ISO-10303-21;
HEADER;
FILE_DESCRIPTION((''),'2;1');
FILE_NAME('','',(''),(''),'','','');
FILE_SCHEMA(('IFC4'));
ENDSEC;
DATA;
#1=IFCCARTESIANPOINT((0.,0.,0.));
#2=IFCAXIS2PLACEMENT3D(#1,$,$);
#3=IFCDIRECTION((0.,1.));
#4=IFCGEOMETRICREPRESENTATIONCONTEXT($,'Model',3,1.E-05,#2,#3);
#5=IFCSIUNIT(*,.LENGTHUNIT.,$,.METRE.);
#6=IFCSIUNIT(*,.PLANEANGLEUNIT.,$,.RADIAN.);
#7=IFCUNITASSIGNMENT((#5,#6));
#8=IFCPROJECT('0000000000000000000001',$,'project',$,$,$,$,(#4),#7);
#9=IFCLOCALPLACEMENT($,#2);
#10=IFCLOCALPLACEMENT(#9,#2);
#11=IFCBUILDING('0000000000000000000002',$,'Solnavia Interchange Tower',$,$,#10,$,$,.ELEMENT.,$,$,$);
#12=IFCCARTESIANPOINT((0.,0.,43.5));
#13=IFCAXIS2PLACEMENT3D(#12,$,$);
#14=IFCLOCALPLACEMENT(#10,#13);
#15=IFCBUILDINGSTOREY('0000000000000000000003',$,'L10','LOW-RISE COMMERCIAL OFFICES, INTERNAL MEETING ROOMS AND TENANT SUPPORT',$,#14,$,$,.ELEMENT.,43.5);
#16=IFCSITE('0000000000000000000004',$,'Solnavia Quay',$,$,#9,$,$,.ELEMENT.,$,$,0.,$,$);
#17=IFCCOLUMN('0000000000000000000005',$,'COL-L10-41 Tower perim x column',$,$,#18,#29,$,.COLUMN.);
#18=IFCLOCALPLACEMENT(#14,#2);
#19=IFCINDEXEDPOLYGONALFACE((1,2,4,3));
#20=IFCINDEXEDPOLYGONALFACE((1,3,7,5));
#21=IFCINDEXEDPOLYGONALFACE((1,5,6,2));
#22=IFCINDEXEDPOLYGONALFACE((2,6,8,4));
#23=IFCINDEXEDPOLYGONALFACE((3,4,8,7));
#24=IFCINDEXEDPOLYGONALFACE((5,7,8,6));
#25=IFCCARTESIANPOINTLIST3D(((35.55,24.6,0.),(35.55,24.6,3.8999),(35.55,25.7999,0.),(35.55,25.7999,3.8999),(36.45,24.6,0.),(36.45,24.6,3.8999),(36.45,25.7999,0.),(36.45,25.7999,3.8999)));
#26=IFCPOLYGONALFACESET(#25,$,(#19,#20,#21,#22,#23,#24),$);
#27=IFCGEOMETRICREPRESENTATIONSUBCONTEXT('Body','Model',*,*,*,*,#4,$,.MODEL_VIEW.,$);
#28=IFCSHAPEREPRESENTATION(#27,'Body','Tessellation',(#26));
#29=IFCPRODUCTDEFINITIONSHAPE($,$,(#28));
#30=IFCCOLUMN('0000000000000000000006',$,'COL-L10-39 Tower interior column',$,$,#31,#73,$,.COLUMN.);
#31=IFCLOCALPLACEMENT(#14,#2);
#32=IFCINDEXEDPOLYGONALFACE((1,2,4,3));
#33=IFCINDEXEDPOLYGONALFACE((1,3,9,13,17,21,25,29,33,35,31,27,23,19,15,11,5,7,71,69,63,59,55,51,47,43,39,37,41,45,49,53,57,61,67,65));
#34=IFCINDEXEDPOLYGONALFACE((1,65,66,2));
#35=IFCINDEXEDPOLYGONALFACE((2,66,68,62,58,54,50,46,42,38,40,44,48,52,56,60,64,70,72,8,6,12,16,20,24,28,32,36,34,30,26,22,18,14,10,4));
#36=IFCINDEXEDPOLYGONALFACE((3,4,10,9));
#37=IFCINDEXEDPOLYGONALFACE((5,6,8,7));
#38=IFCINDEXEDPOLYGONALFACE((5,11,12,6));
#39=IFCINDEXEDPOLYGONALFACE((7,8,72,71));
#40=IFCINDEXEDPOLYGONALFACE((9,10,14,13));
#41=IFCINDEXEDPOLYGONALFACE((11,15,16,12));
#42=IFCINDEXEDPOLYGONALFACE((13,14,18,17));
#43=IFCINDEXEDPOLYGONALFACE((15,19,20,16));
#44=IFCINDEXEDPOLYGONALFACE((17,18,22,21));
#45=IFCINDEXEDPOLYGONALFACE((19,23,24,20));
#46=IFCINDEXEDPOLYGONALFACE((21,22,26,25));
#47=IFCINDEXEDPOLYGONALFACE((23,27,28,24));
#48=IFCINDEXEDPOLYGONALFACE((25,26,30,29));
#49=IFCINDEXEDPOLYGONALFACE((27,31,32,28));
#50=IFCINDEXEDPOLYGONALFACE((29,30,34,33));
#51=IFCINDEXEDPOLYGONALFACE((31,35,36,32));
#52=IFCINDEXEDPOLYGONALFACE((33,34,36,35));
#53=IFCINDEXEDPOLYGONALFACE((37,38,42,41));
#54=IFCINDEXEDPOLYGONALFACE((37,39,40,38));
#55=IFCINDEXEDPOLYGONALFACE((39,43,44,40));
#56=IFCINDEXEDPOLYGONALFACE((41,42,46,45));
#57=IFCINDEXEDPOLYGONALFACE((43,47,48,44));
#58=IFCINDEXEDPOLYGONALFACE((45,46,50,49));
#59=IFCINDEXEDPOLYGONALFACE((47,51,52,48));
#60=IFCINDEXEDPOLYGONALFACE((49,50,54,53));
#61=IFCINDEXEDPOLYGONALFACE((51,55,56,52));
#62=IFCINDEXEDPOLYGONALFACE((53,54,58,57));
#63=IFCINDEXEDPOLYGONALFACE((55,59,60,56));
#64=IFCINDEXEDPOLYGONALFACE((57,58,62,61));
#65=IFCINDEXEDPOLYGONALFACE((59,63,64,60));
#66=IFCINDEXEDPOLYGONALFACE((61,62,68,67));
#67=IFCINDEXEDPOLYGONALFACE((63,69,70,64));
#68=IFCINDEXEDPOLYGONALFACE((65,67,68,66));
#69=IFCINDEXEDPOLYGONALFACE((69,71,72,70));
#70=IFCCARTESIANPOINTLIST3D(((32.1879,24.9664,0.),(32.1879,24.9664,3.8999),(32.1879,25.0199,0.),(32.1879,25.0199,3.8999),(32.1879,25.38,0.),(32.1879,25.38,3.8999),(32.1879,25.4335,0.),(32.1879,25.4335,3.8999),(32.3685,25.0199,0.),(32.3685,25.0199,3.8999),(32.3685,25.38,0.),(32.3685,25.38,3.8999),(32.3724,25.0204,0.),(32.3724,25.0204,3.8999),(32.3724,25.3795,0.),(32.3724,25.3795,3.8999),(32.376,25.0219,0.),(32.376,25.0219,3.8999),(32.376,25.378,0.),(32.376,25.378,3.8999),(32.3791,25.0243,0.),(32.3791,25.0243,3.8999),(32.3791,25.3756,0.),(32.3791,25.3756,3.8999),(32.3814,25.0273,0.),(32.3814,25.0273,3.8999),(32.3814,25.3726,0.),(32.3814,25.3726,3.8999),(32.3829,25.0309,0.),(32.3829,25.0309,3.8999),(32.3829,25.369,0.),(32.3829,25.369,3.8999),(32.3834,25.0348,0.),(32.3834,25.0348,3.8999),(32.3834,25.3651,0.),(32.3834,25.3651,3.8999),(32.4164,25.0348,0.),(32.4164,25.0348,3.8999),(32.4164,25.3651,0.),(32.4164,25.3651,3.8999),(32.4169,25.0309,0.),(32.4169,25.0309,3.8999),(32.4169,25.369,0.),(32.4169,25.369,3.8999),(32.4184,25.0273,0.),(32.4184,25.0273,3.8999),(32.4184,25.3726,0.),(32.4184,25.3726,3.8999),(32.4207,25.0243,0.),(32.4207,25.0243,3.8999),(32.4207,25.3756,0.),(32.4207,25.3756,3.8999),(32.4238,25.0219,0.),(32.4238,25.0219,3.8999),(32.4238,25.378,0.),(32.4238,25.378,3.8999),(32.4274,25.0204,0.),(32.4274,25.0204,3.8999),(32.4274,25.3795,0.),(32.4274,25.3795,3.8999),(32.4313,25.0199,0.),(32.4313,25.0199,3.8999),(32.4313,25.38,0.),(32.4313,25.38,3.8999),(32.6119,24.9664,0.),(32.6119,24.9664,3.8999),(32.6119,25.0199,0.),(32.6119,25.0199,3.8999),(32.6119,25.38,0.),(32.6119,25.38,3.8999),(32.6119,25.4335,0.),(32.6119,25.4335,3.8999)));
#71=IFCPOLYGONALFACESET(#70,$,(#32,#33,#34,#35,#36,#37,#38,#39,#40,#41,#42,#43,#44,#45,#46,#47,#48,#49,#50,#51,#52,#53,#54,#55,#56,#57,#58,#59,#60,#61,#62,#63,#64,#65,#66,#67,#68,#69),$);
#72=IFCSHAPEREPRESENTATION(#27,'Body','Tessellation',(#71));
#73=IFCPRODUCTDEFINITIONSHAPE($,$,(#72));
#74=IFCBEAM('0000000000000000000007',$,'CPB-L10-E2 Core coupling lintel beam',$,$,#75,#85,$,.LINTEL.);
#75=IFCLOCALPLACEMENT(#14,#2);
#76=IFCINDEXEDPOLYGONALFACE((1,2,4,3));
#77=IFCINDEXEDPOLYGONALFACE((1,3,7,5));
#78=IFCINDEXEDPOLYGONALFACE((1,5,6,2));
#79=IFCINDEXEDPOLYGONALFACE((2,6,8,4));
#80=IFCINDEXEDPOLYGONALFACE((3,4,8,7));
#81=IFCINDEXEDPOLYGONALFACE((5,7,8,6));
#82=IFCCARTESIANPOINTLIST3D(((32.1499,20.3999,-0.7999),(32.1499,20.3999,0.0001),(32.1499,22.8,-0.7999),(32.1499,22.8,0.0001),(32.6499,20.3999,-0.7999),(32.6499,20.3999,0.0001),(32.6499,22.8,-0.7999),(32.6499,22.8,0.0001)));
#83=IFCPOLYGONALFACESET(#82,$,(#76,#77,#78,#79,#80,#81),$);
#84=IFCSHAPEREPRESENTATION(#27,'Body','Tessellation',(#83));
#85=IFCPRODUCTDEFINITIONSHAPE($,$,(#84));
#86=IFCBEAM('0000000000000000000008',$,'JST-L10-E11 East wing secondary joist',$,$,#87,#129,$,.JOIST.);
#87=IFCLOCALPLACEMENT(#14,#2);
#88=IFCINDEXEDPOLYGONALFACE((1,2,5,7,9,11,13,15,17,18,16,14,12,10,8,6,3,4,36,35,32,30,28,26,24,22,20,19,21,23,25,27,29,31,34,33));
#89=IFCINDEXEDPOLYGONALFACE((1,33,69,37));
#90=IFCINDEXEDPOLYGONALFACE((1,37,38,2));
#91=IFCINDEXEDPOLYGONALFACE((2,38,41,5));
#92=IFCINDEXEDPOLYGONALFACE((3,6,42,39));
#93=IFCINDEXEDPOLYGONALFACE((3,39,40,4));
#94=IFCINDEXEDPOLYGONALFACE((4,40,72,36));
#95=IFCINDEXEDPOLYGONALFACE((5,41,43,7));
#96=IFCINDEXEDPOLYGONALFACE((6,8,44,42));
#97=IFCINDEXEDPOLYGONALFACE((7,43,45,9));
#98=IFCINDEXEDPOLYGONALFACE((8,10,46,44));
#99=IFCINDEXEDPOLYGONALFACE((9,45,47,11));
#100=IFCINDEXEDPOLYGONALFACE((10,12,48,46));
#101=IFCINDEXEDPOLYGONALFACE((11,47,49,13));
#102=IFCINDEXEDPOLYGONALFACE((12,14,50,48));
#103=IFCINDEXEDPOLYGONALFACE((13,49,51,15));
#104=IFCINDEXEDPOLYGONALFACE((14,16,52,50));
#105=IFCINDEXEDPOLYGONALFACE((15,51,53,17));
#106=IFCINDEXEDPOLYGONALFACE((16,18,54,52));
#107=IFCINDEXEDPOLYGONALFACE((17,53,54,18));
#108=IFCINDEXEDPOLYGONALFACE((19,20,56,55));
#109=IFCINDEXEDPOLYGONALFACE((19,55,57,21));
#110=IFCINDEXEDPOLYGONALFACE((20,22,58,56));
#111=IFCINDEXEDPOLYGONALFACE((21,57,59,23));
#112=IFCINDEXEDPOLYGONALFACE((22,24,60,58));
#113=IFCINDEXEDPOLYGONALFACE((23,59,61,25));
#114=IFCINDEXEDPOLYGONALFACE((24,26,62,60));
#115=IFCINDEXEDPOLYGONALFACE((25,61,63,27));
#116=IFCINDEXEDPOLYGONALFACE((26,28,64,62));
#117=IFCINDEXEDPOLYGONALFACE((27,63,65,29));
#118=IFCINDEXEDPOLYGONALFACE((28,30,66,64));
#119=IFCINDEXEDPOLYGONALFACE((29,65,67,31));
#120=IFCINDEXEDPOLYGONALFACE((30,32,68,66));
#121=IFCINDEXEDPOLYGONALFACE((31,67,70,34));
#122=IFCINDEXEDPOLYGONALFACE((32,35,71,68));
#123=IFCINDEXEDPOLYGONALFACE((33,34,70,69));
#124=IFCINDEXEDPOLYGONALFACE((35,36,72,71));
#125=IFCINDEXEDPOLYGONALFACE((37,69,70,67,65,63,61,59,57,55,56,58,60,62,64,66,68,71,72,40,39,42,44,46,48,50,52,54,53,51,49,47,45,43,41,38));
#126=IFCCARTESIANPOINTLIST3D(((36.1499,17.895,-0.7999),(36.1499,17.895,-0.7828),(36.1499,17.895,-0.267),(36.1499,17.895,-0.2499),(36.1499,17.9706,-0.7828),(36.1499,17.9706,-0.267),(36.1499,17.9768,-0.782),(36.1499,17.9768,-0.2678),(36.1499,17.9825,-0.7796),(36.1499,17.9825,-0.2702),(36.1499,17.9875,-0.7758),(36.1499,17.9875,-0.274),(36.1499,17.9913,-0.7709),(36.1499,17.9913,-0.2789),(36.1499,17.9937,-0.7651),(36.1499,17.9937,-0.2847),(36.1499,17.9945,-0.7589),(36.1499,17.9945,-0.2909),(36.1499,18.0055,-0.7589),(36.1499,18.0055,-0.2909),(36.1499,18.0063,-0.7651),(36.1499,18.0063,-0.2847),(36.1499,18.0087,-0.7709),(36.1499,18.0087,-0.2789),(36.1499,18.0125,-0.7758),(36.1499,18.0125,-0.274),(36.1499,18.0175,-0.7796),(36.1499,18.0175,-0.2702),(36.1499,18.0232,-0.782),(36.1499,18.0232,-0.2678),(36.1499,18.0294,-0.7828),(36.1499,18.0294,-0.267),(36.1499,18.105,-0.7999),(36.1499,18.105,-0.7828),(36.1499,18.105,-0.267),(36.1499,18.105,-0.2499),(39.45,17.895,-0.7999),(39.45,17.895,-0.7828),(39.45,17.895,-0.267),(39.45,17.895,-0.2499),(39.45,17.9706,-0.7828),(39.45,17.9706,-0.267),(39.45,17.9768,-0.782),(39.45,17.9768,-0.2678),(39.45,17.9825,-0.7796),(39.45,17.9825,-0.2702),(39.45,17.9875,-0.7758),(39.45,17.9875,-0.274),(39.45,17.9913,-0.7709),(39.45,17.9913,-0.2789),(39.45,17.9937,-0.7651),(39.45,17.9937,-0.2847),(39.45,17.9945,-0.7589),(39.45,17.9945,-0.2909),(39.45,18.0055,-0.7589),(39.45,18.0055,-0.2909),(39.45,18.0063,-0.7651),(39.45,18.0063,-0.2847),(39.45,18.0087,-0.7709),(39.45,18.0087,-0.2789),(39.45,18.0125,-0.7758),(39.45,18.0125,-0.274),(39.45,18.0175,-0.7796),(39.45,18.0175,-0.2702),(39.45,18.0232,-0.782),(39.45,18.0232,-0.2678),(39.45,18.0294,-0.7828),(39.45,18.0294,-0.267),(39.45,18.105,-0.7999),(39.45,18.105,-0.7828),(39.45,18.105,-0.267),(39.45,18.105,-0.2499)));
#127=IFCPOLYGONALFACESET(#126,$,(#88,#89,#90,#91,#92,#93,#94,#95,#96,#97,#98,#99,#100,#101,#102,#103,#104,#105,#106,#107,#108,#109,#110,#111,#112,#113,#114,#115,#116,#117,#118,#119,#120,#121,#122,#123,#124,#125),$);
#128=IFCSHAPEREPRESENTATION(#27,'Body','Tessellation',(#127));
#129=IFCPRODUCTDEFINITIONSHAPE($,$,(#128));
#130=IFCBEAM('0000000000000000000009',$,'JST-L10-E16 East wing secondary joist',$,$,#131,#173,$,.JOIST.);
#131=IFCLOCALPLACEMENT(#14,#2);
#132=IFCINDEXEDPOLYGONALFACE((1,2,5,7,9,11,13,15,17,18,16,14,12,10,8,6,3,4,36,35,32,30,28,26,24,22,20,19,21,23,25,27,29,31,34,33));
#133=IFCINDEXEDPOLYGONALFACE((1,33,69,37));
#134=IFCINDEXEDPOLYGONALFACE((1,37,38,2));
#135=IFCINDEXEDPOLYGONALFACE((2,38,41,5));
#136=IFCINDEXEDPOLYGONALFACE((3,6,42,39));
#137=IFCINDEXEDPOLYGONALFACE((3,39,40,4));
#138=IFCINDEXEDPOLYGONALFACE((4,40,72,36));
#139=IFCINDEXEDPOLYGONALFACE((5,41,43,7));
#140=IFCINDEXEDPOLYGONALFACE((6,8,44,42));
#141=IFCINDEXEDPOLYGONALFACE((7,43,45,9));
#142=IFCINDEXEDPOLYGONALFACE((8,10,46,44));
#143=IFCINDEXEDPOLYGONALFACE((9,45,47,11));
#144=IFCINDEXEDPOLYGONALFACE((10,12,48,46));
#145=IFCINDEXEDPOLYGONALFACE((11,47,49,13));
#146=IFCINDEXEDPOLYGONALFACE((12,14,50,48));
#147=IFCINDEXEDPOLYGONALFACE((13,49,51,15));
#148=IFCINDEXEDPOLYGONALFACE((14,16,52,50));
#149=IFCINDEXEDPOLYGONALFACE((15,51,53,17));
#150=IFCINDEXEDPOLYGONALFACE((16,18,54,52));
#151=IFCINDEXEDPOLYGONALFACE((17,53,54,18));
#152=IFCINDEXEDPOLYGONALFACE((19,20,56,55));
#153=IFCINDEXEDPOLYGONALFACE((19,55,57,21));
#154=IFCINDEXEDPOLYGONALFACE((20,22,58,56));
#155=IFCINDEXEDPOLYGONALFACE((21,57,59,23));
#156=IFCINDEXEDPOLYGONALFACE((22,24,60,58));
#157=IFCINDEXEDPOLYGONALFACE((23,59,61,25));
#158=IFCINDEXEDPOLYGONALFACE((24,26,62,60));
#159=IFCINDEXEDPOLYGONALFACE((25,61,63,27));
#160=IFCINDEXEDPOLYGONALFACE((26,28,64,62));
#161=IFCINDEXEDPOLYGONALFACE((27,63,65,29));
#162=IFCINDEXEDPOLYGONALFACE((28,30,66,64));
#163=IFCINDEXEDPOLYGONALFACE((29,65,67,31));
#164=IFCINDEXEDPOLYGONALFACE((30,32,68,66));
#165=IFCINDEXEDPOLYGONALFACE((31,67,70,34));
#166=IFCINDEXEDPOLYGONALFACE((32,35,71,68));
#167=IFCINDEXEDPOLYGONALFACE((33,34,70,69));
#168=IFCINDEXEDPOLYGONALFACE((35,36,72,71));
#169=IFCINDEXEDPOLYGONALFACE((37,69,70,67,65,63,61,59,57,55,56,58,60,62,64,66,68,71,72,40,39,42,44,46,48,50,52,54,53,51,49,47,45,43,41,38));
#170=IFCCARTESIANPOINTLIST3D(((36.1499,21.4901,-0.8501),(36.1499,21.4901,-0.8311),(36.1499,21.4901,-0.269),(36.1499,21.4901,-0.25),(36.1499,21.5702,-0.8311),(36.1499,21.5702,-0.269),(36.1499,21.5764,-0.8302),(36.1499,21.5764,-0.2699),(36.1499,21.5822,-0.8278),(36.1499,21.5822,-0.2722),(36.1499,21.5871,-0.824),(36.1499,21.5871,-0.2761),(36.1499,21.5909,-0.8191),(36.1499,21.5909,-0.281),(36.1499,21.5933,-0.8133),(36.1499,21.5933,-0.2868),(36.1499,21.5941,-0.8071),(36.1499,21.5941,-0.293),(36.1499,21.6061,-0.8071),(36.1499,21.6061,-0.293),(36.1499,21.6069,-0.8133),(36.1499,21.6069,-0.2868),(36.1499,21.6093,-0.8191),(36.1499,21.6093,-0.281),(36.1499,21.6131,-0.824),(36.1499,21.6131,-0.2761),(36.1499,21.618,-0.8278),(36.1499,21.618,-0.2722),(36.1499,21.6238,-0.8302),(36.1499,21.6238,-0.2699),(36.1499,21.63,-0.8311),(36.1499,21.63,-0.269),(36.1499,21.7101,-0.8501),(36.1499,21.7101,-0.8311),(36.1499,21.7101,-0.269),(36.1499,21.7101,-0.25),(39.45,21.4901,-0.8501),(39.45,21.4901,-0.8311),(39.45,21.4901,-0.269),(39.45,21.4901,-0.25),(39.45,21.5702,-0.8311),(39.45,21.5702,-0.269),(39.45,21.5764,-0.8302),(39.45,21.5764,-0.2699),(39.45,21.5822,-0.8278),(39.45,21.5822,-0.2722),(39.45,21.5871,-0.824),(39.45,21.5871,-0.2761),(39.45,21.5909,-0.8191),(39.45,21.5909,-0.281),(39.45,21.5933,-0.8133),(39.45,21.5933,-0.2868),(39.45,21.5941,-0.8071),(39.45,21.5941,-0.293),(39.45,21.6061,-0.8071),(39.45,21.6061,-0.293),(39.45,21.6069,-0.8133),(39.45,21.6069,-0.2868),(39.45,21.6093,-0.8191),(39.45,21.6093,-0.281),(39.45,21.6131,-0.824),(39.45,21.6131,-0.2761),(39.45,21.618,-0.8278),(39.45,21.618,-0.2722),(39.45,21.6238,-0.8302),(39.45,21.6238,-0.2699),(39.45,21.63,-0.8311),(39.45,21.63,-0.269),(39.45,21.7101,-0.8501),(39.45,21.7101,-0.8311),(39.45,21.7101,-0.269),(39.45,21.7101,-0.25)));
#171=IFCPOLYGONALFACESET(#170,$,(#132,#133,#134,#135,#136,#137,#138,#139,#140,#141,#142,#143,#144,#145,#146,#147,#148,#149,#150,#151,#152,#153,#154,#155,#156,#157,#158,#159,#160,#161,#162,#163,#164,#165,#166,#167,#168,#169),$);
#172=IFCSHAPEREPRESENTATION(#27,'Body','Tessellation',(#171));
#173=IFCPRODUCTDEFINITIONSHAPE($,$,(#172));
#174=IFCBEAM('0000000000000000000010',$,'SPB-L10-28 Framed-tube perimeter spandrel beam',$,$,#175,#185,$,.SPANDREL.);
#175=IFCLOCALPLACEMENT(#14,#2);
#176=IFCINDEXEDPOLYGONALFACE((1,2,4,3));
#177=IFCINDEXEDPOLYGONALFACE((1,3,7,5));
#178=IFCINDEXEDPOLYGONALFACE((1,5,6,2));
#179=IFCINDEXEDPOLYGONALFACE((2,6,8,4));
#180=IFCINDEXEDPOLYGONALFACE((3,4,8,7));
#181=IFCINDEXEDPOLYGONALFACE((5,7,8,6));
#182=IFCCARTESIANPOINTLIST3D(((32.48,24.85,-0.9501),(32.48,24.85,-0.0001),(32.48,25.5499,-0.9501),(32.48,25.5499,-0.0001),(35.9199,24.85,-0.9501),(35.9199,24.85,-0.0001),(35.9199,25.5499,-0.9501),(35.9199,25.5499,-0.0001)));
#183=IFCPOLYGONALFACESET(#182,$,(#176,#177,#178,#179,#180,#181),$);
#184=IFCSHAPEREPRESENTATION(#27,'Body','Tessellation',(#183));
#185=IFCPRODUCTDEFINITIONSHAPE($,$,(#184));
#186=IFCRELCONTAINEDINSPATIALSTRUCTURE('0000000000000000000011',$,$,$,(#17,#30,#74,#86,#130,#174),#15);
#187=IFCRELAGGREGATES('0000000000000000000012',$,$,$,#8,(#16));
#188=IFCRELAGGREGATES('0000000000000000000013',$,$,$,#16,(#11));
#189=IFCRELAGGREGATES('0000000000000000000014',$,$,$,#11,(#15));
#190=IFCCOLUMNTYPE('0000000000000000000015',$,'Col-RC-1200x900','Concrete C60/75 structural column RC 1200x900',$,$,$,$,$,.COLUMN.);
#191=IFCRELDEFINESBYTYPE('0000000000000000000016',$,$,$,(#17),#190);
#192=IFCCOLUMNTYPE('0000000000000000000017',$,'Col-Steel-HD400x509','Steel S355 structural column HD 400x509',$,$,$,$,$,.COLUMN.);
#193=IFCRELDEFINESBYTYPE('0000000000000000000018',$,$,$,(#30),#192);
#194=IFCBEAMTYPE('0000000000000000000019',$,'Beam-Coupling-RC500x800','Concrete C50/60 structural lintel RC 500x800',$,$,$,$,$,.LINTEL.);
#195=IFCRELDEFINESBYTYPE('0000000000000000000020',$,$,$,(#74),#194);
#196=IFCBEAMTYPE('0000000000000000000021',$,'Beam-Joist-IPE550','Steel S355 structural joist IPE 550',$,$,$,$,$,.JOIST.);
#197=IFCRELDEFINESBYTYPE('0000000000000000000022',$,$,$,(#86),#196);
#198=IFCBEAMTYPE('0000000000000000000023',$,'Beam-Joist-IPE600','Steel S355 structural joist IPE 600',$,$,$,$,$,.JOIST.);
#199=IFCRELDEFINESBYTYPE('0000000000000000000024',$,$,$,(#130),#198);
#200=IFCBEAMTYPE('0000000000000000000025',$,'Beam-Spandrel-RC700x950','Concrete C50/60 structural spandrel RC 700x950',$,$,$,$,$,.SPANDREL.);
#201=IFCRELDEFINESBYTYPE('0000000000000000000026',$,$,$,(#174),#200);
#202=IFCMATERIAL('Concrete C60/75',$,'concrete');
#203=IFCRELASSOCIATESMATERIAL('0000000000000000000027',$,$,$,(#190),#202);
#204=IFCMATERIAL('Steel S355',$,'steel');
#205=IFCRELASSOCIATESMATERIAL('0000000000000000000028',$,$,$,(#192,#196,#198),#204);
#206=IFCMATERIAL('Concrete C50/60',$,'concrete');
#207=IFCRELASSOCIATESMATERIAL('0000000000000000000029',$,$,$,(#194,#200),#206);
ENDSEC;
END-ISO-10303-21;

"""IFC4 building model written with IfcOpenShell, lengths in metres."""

from ifc_helpers import new_model, si_unit, direction, frame, origin, origin_2d, place, context, subcontext, project, spatial, rectangle, i_section, extrude, material, material_profile, profile_set, type_object, element, save


model = new_model("IFC4")

# Units and contexts
model_context = context("Model", 3, precision=1e-05, world=origin(), true_north=direction((0.0, 1.0)))
body_context = subcontext(model_context, "Body", "Model", "MODEL_VIEW")
ifc_project = project(units=[si_unit("LENGTHUNIT", "METRE"), si_unit("PLANEANGLEUNIT", "RADIAN")], contexts=[model_context])

# Site, building, storey
site_placement = place(None, origin())
site = spatial("IfcSite", under=ifc_project, at=site_placement, Name="Solnavia Quay", CompositionType="ELEMENT", RefElevation=0.0)
building_placement = place(site_placement, origin())
building = spatial("IfcBuilding", under=site, at=building_placement, Name="Solnavia Interchange Tower", CompositionType="ELEMENT")
storey_placement = place(building_placement, frame((0.0, 0.0, 43.5)))
storey = spatial("IfcBuildingStorey", under=building, at=storey_placement, Name="L10", Description="LOW-RISE COMMERCIAL OFFICES, INTERNAL MEETING ROOMS AND TENANT SUPPORT", CompositionType="ELEMENT", Elevation=43.5)

# Columns
ifc_material_1 = material(Name="Concrete C60/75", Category="concrete")
ifc_material_profile_1 = material_profile(ifc_material_1, rectangle(XDim=0.8999, YDim=1.2, at=origin_2d()), Name="RC 1200x900")
ifc_profile_set_1 = profile_set([ifc_material_profile_1], Name="Concrete C60/75")
column_type_1 = type_object("IfcColumnType", Name="Col-RC-1200x900", Description="Concrete C60/75 structural column RC 1200x900", PredefinedType="COLUMN", material=ifc_profile_set_1)
column_1_placement = place(storey_placement, frame((36.0, 25.2, 0.0), z_axis=(0.0, 0.0, 1.0), x_axis=(1.0, 0.0, 0.0)))
element("IfcColumn", 1, at=column_1_placement, inside=storey, type_object=column_type_1, Name="COL-L10-41 Tower perim x column", PredefinedType="COLUMN", context=body_context, shape_type="SweptSolid", body=[
    extrude(rectangle(XDim=0.8999, YDim=1.2, at=origin_2d()), origin(), (0.0, 0.0, 1.0), 3.8999),
])
ifc_material_2 = material(Name="Steel S355", Category="steel")
ifc_material_profile_2 = material_profile(ifc_material_2, i_section(OverallWidth=0.4241, OverallDepth=0.467, WebThickness=0.033, FlangeThickness=0.0535, FilletRadius=0.0149, at=origin_2d()), Name="HD 400x509")
ifc_profile_set_2 = profile_set([ifc_material_profile_2], Name="Steel S355")
column_type_2 = type_object("IfcColumnType", Name="Col-Steel-HD400x509", Description="Steel S355 structural column HD 400x509", PredefinedType="COLUMN", material=ifc_profile_set_2)
column_2_placement = place(storey_placement, frame((32.3999, 25.2, 0.0), z_axis=(0.0, 0.0, 1.0), x_axis=(1.0, 0.0, 0.0)))
element("IfcColumn", 2, at=column_2_placement, inside=storey, type_object=column_type_2, Name="COL-L10-39 Tower interior column", PredefinedType="COLUMN", context=body_context, shape_type="SweptSolid", body=[
    extrude(i_section(OverallWidth=0.4241, OverallDepth=0.467, WebThickness=0.033, FlangeThickness=0.0535, FilletRadius=0.0149, at=origin_2d()), origin(), (0.0, 0.0, 1.0), 3.8999),
])

# Beams
ifc_material_3 = material(Name="Concrete C50/60", Category="concrete")
ifc_material_profile_3 = material_profile(ifc_material_3, rectangle(XDim=0.5, YDim=0.8, at=origin_2d()), Name="RC 500x800")
ifc_profile_set_3 = profile_set([ifc_material_profile_3], Name="Concrete C50/60")
beam_type_1 = type_object("IfcBeamType", Name="Beam-Coupling-RC500x800", Description="Concrete C50/60 structural lintel RC 500x800", PredefinedType="LINTEL", material=ifc_profile_set_3)
beam_1_placement = place(storey_placement, frame((32.3999, 20.3999, -0.3999), z_axis=(0.0, 1.0, 0.0), x_axis=(-1.0, 0.0, 0.0)))
element("IfcBeam", 3, at=beam_1_placement, inside=storey, type_object=beam_type_1, Name="CPB-L10-E2 Core coupling lintel beam", PredefinedType="LINTEL", context=body_context, shape_type="SweptSolid", body=[
    extrude(rectangle(XDim=0.5, YDim=0.8, at=origin_2d()), origin(), (0.0, 0.0, 1.0), 2.4001),
])
ifc_material_profile_4 = material_profile(ifc_material_2, i_section(OverallWidth=0.21, OverallDepth=0.55, WebThickness=0.011, FlangeThickness=0.0171, FilletRadius=0.0239, at=origin_2d()), Name="IPE 550")
ifc_profile_set_4 = profile_set([ifc_material_profile_4], Name="Steel S355")
beam_type_2 = type_object("IfcBeamType", Name="Beam-Joist-IPE550", Description="Steel S355 structural joist IPE 550", PredefinedType="JOIST", material=ifc_profile_set_4)
beam_2_placement = place(storey_placement, frame((36.1499, 18.0, -0.5249), z_axis=(1.0, 0.0, 0.0), x_axis=(0.0, 1.0, 0.0)))
element("IfcBeam", 4, at=beam_2_placement, inside=storey, type_object=beam_type_2, Name="JST-L10-E11 East wing secondary joist", PredefinedType="JOIST", context=body_context, shape_type="SweptSolid", body=[
    extrude(i_section(OverallWidth=0.21, OverallDepth=0.55, WebThickness=0.011, FlangeThickness=0.0171, FilletRadius=0.0239, at=origin_2d()), origin(), (0.0, 0.0, 1.0), 3.3),
])
ifc_material_profile_5 = material_profile(ifc_material_2, i_section(OverallWidth=0.22, OverallDepth=0.6001, WebThickness=0.012, FlangeThickness=0.019, FilletRadius=0.0239, at=origin_2d()), Name="IPE 600")
ifc_profile_set_5 = profile_set([ifc_material_profile_5], Name="Steel S355")
beam_type_3 = type_object("IfcBeamType", Name="Beam-Joist-IPE600", Description="Steel S355 structural joist IPE 600", PredefinedType="JOIST", material=ifc_profile_set_5)
beam_3_placement = place(storey_placement, frame((36.1499, 21.6001, -0.55), z_axis=(1.0, 0.0, 0.0), x_axis=(0.0, 1.0, 0.0)))
element("IfcBeam", 5, at=beam_3_placement, inside=storey, type_object=beam_type_3, Name="JST-L10-E16 East wing secondary joist", PredefinedType="JOIST", context=body_context, shape_type="SweptSolid", body=[
    extrude(i_section(OverallWidth=0.22, OverallDepth=0.6001, WebThickness=0.012, FlangeThickness=0.019, FilletRadius=0.0239, at=origin_2d()), origin(), (0.0, 0.0, 1.0), 3.3),
])
ifc_material_profile_6 = material_profile(ifc_material_3, rectangle(XDim=0.7, YDim=0.95, at=origin_2d()), Name="RC 700x950")
ifc_profile_set_6 = profile_set([ifc_material_profile_6], Name="Concrete C50/60")
beam_type_4 = type_object("IfcBeamType", Name="Beam-Spandrel-RC700x950", Description="Concrete C50/60 structural spandrel RC 700x950", PredefinedType="SPANDREL", material=ifc_profile_set_6)
beam_4_placement = place(storey_placement, frame((35.9199, 25.2, -0.4751), z_axis=(-1.0, 0.0, 0.0), x_axis=(0.0, -1.0, 0.0)))
element("IfcBeam", 6, at=beam_4_placement, inside=storey, type_object=beam_type_4, Name="SPB-L10-28 Framed-tube perimeter spandrel beam", PredefinedType="SPANDREL", context=body_context, shape_type="SweptSolid", body=[
    extrude(rectangle(XDim=0.7, YDim=0.95, at=origin_2d()), origin(), (0.0, 0.0, 1.0), 3.4399),
])

save(model, "model.ifc")
